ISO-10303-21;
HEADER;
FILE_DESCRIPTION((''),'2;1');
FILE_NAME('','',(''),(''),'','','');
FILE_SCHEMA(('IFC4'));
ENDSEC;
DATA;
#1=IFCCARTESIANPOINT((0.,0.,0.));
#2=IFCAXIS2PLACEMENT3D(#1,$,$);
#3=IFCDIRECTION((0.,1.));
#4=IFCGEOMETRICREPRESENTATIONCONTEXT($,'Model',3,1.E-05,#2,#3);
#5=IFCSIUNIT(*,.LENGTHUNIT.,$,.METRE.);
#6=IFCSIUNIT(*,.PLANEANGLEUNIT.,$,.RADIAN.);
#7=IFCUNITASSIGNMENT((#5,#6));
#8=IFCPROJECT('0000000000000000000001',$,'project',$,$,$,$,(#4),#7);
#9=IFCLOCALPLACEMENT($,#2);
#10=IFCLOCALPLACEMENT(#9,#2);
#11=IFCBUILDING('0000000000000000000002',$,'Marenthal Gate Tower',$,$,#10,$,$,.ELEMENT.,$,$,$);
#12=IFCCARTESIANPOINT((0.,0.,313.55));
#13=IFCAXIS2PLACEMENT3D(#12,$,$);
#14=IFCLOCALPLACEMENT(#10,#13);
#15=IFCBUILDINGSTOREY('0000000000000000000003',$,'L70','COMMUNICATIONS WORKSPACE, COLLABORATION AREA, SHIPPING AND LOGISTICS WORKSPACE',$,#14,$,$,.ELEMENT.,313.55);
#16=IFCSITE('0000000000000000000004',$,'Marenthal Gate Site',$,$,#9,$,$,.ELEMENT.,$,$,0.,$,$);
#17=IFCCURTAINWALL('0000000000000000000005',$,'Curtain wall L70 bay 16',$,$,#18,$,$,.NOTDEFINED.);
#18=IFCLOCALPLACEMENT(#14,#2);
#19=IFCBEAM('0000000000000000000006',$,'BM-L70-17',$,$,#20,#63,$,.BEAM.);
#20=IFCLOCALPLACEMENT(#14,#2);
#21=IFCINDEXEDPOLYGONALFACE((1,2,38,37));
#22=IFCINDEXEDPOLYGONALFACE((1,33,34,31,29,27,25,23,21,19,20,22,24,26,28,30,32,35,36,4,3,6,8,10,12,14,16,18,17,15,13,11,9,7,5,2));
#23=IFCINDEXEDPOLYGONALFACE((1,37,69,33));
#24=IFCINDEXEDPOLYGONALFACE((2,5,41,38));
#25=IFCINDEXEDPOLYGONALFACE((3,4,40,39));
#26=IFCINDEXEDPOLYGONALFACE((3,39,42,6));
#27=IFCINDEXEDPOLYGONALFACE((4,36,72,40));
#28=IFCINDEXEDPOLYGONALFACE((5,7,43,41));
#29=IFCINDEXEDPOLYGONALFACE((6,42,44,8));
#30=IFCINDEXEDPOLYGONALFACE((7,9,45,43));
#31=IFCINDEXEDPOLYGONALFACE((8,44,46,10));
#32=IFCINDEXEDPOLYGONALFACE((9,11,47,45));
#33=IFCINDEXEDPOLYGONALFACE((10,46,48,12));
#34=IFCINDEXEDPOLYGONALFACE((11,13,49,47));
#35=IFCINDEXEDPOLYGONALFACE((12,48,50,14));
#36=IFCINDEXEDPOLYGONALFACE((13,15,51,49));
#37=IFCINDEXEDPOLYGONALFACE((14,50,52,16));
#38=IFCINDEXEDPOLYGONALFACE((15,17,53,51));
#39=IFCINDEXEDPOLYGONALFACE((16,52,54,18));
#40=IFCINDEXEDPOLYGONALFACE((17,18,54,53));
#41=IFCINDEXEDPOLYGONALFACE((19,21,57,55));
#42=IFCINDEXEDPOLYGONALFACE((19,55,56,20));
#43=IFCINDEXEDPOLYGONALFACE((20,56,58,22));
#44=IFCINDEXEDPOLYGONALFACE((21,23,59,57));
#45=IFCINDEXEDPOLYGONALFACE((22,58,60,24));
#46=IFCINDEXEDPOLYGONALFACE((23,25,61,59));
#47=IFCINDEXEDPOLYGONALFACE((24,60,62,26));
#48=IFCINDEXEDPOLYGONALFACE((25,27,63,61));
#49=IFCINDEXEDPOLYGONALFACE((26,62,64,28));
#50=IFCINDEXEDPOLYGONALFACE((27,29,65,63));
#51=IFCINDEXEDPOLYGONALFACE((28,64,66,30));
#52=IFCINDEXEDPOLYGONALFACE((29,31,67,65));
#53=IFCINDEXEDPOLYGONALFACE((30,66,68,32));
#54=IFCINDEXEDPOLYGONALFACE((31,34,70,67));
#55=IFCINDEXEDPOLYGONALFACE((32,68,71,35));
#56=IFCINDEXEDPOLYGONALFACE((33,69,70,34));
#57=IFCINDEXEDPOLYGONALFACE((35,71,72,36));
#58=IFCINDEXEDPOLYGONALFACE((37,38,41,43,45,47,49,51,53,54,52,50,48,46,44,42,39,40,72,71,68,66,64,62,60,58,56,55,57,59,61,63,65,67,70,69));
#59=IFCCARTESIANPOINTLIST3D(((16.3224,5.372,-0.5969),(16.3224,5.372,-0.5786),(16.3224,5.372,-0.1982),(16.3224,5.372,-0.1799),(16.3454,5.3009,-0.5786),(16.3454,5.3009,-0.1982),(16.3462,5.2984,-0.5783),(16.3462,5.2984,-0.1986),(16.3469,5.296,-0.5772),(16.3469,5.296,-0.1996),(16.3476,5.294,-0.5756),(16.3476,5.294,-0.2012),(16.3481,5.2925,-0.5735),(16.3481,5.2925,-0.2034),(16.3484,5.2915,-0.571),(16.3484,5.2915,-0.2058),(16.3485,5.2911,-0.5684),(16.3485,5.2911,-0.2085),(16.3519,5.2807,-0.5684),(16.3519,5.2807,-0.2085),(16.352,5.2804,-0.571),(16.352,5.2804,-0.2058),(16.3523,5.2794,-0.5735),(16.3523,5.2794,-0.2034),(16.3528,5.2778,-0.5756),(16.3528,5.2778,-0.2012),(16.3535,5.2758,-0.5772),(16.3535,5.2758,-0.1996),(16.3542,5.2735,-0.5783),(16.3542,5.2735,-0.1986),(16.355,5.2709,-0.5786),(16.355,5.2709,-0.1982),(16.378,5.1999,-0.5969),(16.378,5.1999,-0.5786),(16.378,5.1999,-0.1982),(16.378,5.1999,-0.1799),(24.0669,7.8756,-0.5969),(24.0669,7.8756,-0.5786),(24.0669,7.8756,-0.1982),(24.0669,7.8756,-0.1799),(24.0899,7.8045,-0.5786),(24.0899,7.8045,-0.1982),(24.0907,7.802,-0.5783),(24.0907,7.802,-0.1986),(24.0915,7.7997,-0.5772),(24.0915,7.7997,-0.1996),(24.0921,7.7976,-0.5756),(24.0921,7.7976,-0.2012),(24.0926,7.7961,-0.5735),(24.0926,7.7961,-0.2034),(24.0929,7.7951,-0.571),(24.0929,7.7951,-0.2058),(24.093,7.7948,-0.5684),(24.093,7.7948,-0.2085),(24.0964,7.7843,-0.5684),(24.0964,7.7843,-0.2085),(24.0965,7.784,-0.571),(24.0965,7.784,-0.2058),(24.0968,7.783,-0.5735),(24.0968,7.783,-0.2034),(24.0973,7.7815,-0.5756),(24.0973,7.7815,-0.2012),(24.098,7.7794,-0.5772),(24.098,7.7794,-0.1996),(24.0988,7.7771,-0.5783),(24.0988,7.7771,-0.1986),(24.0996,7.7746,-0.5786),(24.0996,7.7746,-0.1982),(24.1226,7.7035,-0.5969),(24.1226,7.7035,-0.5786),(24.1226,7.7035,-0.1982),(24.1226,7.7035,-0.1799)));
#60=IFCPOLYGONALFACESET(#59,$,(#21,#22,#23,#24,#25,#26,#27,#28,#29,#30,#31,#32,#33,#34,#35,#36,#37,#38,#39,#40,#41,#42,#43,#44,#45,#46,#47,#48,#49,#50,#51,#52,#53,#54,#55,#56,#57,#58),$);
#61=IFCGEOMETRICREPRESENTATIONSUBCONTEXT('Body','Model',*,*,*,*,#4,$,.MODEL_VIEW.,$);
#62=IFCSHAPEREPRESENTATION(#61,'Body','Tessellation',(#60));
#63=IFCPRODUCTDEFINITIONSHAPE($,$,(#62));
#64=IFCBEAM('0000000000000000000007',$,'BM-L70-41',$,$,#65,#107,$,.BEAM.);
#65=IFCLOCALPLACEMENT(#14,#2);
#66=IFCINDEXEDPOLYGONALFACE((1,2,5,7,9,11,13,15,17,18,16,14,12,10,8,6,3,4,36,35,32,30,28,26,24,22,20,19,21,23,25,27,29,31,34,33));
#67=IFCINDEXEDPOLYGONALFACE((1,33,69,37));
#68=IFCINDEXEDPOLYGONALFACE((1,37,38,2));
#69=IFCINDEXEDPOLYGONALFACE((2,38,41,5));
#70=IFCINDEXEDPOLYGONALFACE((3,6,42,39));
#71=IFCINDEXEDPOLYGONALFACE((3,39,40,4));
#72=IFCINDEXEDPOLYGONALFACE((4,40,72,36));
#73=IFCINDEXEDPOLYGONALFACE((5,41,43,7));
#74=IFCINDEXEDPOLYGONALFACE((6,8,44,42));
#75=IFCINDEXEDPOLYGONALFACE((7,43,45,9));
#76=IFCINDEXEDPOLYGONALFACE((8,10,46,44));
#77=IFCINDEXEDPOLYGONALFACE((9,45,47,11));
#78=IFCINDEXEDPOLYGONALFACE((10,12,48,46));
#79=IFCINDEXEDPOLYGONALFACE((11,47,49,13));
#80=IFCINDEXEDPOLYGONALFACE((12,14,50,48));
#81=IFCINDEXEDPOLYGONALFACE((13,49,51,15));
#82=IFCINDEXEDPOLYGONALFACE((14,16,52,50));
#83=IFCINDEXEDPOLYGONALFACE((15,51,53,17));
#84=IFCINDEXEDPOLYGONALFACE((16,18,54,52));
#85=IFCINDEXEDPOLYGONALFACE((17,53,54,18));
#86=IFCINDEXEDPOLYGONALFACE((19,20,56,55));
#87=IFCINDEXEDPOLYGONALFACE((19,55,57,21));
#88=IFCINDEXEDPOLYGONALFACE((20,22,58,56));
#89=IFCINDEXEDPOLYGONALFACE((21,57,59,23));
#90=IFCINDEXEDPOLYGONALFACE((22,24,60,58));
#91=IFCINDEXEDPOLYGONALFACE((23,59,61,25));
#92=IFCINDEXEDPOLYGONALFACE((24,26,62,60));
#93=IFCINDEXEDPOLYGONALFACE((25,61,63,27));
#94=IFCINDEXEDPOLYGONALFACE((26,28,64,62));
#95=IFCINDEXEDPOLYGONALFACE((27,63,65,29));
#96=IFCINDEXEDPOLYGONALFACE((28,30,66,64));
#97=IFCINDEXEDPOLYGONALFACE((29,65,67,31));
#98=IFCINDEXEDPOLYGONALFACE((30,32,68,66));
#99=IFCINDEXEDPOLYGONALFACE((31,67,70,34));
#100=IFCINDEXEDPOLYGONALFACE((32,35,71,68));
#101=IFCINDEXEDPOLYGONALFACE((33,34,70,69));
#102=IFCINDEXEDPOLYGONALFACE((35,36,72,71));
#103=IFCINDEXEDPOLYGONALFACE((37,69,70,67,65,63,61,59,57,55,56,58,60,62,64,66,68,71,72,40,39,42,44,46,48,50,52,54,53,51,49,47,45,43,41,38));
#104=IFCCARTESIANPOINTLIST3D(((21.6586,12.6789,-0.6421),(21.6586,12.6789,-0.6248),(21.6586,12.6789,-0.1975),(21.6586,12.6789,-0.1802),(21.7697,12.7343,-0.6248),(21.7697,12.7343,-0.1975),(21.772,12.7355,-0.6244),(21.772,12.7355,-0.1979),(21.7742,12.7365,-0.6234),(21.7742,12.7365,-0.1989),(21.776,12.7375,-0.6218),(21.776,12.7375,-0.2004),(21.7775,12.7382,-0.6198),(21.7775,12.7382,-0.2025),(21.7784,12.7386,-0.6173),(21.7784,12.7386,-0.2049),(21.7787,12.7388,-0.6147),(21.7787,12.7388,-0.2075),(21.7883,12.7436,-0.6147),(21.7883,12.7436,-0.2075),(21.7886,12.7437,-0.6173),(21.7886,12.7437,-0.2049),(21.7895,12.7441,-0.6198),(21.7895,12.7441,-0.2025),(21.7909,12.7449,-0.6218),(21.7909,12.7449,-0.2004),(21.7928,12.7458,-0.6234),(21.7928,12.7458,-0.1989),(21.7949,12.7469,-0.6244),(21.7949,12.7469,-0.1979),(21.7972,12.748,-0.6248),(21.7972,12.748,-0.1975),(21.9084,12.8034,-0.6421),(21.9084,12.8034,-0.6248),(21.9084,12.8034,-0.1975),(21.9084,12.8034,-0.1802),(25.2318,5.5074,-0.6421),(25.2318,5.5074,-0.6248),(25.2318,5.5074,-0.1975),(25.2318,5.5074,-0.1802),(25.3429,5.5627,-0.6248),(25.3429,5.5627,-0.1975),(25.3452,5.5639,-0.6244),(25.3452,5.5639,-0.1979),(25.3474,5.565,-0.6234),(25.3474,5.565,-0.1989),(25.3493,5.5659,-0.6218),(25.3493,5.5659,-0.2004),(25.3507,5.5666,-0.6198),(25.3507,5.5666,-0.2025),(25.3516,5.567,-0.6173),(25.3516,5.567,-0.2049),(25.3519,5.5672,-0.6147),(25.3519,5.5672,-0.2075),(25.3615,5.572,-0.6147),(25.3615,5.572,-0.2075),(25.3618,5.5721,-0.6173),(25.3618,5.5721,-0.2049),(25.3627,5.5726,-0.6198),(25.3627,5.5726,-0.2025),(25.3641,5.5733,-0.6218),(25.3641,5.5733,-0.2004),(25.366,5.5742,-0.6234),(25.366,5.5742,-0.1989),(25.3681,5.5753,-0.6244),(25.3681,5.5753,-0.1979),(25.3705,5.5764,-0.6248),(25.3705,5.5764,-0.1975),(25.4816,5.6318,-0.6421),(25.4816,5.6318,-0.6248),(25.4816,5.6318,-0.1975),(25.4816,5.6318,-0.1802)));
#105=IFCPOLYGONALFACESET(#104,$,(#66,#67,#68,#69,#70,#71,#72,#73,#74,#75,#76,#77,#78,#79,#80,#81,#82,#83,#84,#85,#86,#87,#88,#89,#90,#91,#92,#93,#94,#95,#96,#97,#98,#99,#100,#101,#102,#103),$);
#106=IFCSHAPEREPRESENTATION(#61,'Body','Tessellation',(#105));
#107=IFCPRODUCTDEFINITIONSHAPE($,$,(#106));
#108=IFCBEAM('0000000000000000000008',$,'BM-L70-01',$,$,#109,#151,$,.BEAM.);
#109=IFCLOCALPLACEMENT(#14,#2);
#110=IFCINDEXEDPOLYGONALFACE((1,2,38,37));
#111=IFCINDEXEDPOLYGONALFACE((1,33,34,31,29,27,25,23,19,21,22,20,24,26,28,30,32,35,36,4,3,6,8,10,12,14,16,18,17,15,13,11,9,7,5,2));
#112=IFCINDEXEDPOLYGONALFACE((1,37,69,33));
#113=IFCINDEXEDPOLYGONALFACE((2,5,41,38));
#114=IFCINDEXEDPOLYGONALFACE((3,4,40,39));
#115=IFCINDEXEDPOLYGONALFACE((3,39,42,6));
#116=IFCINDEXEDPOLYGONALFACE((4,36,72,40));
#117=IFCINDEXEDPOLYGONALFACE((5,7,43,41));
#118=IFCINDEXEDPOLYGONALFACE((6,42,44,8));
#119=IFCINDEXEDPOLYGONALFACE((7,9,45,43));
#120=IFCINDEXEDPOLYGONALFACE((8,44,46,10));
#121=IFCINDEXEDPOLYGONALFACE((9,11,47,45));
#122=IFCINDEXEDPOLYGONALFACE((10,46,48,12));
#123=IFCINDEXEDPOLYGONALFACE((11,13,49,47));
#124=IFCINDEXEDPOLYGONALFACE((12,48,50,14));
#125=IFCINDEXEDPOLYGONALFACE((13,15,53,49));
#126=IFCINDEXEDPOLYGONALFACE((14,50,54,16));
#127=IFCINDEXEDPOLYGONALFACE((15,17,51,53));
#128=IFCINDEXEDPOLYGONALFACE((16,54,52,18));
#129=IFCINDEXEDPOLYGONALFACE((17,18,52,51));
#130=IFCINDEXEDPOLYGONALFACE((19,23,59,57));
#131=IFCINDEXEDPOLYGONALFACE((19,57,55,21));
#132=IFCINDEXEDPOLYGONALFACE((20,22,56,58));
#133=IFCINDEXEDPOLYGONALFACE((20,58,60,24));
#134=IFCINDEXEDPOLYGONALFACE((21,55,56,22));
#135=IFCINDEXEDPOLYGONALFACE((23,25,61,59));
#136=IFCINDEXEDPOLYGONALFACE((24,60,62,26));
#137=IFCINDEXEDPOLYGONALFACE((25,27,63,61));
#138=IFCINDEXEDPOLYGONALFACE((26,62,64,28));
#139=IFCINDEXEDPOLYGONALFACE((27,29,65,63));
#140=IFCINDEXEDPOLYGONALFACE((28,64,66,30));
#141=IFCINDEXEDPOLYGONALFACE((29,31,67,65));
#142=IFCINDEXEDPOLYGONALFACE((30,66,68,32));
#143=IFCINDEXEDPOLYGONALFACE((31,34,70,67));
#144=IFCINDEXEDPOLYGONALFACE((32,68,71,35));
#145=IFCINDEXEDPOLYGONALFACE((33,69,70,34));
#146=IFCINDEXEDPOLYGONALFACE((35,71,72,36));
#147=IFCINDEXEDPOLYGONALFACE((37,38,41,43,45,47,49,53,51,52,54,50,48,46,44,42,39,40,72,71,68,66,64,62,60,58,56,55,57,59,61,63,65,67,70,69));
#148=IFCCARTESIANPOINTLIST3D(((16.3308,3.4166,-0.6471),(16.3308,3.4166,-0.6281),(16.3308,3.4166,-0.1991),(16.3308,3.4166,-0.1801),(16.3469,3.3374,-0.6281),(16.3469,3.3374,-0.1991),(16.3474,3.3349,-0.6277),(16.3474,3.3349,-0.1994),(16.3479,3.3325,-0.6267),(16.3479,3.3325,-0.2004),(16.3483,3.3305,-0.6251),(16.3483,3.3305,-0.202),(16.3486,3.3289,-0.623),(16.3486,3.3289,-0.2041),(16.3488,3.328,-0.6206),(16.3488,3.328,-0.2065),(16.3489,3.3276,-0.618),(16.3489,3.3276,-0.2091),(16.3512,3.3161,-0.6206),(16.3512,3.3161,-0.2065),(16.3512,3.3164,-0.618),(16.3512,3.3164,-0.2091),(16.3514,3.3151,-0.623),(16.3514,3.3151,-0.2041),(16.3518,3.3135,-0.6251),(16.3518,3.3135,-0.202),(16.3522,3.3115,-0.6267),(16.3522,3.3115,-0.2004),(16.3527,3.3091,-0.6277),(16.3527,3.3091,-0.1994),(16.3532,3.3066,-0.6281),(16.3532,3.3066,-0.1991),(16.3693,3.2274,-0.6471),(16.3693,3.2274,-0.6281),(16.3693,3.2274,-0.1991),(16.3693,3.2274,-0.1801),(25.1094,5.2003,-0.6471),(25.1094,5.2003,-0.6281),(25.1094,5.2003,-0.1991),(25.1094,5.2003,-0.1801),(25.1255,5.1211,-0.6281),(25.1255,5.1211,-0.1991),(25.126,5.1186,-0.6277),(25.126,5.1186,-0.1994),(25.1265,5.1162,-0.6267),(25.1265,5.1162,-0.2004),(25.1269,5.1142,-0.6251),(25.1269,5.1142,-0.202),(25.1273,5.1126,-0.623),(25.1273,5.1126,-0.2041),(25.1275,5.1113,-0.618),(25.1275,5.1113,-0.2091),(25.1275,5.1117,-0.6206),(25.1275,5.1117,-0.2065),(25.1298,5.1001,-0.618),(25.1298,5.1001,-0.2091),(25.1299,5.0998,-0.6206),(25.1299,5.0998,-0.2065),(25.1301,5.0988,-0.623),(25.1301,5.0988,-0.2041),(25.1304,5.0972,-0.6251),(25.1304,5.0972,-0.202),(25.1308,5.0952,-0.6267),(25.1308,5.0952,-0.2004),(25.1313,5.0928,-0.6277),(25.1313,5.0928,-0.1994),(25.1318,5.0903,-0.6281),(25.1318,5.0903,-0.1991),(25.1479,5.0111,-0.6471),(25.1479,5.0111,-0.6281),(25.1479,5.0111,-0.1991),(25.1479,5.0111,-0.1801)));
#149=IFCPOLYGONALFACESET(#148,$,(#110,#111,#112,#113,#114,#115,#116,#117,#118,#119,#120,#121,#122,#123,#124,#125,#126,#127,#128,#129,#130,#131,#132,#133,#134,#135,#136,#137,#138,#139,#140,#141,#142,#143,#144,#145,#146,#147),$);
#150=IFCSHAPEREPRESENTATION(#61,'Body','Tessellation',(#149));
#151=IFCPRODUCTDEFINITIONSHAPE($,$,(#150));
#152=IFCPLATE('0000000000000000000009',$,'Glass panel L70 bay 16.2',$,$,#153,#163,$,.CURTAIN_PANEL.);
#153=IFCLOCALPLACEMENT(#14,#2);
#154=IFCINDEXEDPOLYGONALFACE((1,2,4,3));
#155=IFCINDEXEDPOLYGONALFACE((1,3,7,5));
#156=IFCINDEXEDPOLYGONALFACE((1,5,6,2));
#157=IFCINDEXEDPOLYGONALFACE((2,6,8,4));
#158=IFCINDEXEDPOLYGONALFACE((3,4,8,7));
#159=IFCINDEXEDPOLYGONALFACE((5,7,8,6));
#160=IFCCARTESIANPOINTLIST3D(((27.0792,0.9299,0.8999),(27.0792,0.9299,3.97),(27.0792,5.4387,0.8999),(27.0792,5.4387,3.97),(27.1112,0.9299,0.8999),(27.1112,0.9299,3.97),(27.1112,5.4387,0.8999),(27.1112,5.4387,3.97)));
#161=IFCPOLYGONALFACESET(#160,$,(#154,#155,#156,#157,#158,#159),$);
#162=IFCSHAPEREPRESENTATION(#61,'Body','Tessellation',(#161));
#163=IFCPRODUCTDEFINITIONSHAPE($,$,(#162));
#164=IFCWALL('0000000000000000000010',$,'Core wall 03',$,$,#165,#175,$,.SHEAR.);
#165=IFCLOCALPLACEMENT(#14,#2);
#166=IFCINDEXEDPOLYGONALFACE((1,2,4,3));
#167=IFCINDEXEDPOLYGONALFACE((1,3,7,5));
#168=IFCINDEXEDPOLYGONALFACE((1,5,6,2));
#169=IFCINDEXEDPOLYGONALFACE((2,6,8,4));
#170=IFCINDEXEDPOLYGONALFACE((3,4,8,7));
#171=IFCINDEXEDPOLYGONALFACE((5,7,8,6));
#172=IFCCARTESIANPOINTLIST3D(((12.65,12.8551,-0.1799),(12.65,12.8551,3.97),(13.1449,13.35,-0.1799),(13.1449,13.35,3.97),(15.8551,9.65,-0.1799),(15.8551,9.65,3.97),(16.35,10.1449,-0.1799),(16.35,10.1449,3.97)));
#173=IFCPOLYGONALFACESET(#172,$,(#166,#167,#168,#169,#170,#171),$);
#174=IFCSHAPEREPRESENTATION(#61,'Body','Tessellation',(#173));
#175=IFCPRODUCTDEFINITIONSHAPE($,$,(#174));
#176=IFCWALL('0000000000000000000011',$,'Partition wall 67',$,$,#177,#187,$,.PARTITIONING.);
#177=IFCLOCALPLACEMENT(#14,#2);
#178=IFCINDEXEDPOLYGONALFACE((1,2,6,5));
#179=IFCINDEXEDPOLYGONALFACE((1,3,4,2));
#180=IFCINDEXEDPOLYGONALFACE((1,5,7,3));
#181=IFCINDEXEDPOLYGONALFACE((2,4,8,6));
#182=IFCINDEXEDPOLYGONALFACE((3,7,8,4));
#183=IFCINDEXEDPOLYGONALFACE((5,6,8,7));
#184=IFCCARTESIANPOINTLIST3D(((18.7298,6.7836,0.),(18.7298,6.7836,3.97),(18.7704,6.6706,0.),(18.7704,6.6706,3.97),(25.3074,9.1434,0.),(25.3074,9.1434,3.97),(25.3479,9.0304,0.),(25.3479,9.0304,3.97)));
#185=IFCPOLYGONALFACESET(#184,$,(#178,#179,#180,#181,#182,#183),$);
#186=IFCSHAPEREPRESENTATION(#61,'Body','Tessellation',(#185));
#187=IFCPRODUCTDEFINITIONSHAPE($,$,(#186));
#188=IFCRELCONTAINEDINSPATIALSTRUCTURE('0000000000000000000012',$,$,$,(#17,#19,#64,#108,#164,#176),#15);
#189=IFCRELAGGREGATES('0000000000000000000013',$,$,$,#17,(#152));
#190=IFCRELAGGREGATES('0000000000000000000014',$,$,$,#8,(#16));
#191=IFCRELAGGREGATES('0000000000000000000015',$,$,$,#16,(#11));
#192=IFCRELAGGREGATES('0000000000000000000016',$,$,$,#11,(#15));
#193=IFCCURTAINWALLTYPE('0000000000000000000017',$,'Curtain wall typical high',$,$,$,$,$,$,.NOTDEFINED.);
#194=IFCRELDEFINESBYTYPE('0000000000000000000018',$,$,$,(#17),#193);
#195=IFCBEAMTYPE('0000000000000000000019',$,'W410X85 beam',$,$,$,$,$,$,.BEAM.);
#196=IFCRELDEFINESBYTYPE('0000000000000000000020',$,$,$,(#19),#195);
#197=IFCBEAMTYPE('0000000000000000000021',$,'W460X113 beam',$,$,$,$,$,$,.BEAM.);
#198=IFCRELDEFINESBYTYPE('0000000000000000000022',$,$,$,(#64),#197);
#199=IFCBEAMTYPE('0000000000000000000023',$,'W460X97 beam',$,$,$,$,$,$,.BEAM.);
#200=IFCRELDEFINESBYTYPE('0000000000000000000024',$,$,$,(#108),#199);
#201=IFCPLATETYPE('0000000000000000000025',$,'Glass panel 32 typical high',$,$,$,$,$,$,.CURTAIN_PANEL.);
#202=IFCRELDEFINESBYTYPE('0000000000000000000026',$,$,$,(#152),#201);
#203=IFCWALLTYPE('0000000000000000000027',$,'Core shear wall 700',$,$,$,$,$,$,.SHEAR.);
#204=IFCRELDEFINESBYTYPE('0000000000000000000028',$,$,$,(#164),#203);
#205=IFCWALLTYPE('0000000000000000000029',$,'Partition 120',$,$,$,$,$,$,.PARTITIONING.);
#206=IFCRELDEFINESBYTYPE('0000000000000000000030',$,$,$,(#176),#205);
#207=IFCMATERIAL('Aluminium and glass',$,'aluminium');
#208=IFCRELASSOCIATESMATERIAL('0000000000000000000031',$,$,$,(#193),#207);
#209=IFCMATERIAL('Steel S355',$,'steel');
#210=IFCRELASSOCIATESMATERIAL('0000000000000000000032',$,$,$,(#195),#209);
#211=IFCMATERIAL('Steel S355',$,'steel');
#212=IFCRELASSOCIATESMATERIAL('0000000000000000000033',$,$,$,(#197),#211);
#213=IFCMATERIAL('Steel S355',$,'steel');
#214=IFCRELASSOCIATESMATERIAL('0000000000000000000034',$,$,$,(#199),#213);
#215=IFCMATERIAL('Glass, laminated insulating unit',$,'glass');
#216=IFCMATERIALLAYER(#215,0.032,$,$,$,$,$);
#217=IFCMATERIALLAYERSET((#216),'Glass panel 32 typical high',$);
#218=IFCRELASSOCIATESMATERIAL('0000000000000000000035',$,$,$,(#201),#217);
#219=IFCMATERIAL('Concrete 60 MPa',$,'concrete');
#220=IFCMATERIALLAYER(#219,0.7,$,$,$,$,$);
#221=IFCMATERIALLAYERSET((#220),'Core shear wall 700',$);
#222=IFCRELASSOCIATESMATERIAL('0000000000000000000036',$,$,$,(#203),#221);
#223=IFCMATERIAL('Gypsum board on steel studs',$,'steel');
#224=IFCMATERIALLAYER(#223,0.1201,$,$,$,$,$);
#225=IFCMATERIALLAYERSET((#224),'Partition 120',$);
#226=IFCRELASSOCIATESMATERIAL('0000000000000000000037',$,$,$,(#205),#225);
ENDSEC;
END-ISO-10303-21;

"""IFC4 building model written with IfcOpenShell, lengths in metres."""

from ifc_helpers import new_model, si_unit, direction, frame, frame_2d, origin, origin_2d, place, context, subcontext, project, spatial, rectangle, i_section, extrude, material, layer, layer_set, material_profile, profile_set, type_object, element, aggregate, save


model = new_model("IFC4")

# Units and contexts
model_context = context("Model", 3, precision=1e-05, world=origin(), true_north=direction((0.0, 1.0)))
body_context = subcontext(model_context, "Body", "Model", "MODEL_VIEW")
ifc_project = project(units=[si_unit("LENGTHUNIT", "METRE"), si_unit("PLANEANGLEUNIT", "RADIAN")], contexts=[model_context])

# Site, building, storey
site_placement = place(None, origin())
site = spatial("IfcSite", under=ifc_project, at=site_placement, Name="Marenthal Gate Site", CompositionType="ELEMENT", RefElevation=0.0)
building_placement = place(site_placement, origin())
building = spatial("IfcBuilding", under=site, at=building_placement, Name="Marenthal Gate Tower", CompositionType="ELEMENT")
storey_placement = place(building_placement, frame((0.0, 0.0, 313.55)))
storey = spatial("IfcBuildingStorey", under=building, at=storey_placement, Name="L70", Description="COMMUNICATIONS WORKSPACE, COLLABORATION AREA, SHIPPING AND LOGISTICS WORKSPACE", CompositionType="ELEMENT", Elevation=313.55)

# Curtain wall
ifc_material_1 = material(Name="Aluminium and glass", Category="aluminium")
curtain_wall_type = type_object("IfcCurtainWallType", Name="Curtain wall typical high", PredefinedType="NOTDEFINED", material=ifc_material_1)
curtain_wall_placement = place(storey_placement, origin())
curtain_wall = element("IfcCurtainWall", 1, at=curtain_wall_placement, inside=storey, type_object=curtain_wall_type, Name="Curtain wall L70 bay 16", PredefinedType="NOTDEFINED")

# Beams
ifc_material_2 = material(Name="Steel S355", Category="steel")
ifc_material_profile_1 = material_profile(ifc_material_2, i_section(OverallWidth=0.1809, OverallDepth=0.417, WebThickness=0.011, FlangeThickness=0.0183, FilletRadius=0.0103, at=origin_2d()), Name="W410X85")
ifc_profile_set_1 = profile_set([ifc_material_profile_1], Name="Steel S355")
beam_type_1 = type_object("IfcBeamType", Name="W410X85 beam", PredefinedType="BEAM", material=ifc_profile_set_1)
beam_1_placement = place(storey_placement, frame((24.0947, 7.7896, -0.3884), z_axis=(-0.951515, -0.307603, 0.0), x_axis=(0.307603, -0.951515, 0.0)))
element("IfcBeam", 2, at=beam_1_placement, inside=storey, type_object=beam_type_1, Name="BM-L70-17", PredefinedType="BEAM", context=body_context, shape_type="SweptSolid", body=[
    extrude(i_section(OverallWidth=0.1809, OverallDepth=0.417, WebThickness=0.011, FlangeThickness=0.0183, FilletRadius=0.0103, at=origin_2d()), origin(), (0.0, 0.0, 1.0), 8.1392),
])
ifc_material_3 = material(Name="Steel S355", Category="steel")
ifc_material_profile_2 = material_profile(ifc_material_3, i_section(OverallWidth=0.2791, OverallDepth=0.4619, WebThickness=0.0107, FlangeThickness=0.0173, FilletRadius=0.01, at=origin_2d()), Name="W460X113")
ifc_profile_set_2 = profile_set([ifc_material_profile_2], Name="Steel S355")
beam_type_2 = type_object("IfcBeamType", Name="W460X113 beam", PredefinedType="BEAM", material=ifc_profile_set_2)
beam_2_placement = place(storey_placement, frame((25.3567, 5.5696, -0.4111), z_axis=(-0.445958, 0.895054, 0.0), x_axis=(-0.895054, -0.445958, 0.0)))
element("IfcBeam", 3, at=beam_2_placement, inside=storey, type_object=beam_type_2, Name="BM-L70-41", PredefinedType="BEAM", context=body_context, shape_type="SweptSolid", body=[
    extrude(i_section(OverallWidth=0.2791, OverallDepth=0.4619, WebThickness=0.0107, FlangeThickness=0.0173, FilletRadius=0.01, at=origin_2d()), origin(), (0.0, 0.0, 1.0), 8.0125),
])
ifc_material_4 = material(Name="Steel S355", Category="steel")
ifc_material_profile_3 = material_profile(ifc_material_4, i_section(OverallWidth=0.1931, OverallDepth=0.467, WebThickness=0.0115, FlangeThickness=0.019, FilletRadius=0.01, at=origin_2d()), Name="W460X97")
ifc_profile_set_3 = profile_set([ifc_material_profile_3], Name="Steel S355")
beam_type_3 = type_object("IfcBeamType", Name="W460X97 beam", PredefinedType="BEAM", material=ifc_profile_set_3)
beam_3_placement = place(storey_placement, frame((25.1287, 5.1057, -0.4136), z_axis=(-0.979975, -0.199118, 0.0), x_axis=(0.199118, -0.979975, 0.0)))
element("IfcBeam", 4, at=beam_3_placement, inside=storey, type_object=beam_type_3, Name="BM-L70-01", PredefinedType="BEAM", context=body_context, shape_type="SweptSolid", body=[
    extrude(i_section(OverallWidth=0.1931, OverallDepth=0.467, WebThickness=0.0115, FlangeThickness=0.019, FilletRadius=0.01, at=origin_2d()), origin(), (0.0, 0.0, 1.0), 8.958),
])

# Plate
ifc_material_5 = material(Name="Glass, laminated insulating unit", Category="glass")
ifc_layer_1 = layer(ifc_material_5, 0.032)
ifc_layer_set_1 = layer_set([ifc_layer_1], Name="Glass panel 32 typical high")
plate_type = type_object("IfcPlateType", Name="Glass panel 32 typical high", PredefinedType="CURTAIN_PANEL", material=ifc_layer_set_1)
plate_placement = place(storey_placement, frame((27.0952, 3.1843, 0.8999), z_axis=(0.0, 0.0, 1.0), x_axis=(0.0, 1.0, 0.0)))
plate = element("IfcPlate", 5, at=plate_placement, type_object=plate_type, Name="Glass panel L70 bay 16.2", PredefinedType="CURTAIN_PANEL", context=body_context, shape_type="SweptSolid", body=[
    extrude(rectangle(XDim=4.5088, YDim=0.032, at=origin_2d()), origin(), (0.0, 0.0, 1.0), 3.0701),
])
aggregate(curtain_wall, [plate])

# Walls
ifc_material_6 = material(Name="Concrete 60 MPa", Category="concrete")
ifc_layer_2 = layer(ifc_material_6, 0.7)
ifc_layer_set_2 = layer_set([ifc_layer_2], Name="Core shear wall 700")
wall_type_1 = type_object("IfcWallType", Name="Core shear wall 700", PredefinedType="SHEAR", material=ifc_layer_set_2)
wall_1_placement = place(storey_placement, frame((16.1025, 9.8975, -0.1799), z_axis=(0.0, 0.0, 1.0), x_axis=(-0.707107, 0.707107, 0.0)))
element("IfcWall", 6, at=wall_1_placement, inside=storey, type_object=wall_type_1, Name="Core wall 03", PredefinedType="SHEAR", context=body_context, shape_type="SweptSolid", body=[
    extrude(rectangle(XDim=4.5327, YDim=0.7, at=frame_2d((2.2664, 0.0))), origin(), (0.0, 0.0, 1.0), 4.1499),
])
ifc_material_7 = material(Name="Gypsum board on steel studs", Category="steel")
ifc_layer_3 = layer(ifc_material_7, 0.1201)
ifc_layer_set_3 = layer_set([ifc_layer_3], Name="Partition 120")
wall_type_2 = type_object("IfcWallType", Name="Partition 120", PredefinedType="PARTITIONING", material=ifc_layer_set_3)
wall_2_placement = place(storey_placement, frame((18.75, 6.7271, 0.0), z_axis=(0.0, 0.0, 1.0), x_axis=(0.941256, 0.337695, 0.0)))
element("IfcWall", 7, at=wall_2_placement, inside=storey, type_object=wall_type_2, Name="Partition wall 67", PredefinedType="PARTITIONING", context=body_context, shape_type="SweptSolid", body=[
    extrude(rectangle(XDim=6.988, YDim=0.1201, at=frame_2d((3.4941, 0.0))), origin(), (0.0, 0.0, 1.0), 3.97),
])

save(model, "model.ifc")
